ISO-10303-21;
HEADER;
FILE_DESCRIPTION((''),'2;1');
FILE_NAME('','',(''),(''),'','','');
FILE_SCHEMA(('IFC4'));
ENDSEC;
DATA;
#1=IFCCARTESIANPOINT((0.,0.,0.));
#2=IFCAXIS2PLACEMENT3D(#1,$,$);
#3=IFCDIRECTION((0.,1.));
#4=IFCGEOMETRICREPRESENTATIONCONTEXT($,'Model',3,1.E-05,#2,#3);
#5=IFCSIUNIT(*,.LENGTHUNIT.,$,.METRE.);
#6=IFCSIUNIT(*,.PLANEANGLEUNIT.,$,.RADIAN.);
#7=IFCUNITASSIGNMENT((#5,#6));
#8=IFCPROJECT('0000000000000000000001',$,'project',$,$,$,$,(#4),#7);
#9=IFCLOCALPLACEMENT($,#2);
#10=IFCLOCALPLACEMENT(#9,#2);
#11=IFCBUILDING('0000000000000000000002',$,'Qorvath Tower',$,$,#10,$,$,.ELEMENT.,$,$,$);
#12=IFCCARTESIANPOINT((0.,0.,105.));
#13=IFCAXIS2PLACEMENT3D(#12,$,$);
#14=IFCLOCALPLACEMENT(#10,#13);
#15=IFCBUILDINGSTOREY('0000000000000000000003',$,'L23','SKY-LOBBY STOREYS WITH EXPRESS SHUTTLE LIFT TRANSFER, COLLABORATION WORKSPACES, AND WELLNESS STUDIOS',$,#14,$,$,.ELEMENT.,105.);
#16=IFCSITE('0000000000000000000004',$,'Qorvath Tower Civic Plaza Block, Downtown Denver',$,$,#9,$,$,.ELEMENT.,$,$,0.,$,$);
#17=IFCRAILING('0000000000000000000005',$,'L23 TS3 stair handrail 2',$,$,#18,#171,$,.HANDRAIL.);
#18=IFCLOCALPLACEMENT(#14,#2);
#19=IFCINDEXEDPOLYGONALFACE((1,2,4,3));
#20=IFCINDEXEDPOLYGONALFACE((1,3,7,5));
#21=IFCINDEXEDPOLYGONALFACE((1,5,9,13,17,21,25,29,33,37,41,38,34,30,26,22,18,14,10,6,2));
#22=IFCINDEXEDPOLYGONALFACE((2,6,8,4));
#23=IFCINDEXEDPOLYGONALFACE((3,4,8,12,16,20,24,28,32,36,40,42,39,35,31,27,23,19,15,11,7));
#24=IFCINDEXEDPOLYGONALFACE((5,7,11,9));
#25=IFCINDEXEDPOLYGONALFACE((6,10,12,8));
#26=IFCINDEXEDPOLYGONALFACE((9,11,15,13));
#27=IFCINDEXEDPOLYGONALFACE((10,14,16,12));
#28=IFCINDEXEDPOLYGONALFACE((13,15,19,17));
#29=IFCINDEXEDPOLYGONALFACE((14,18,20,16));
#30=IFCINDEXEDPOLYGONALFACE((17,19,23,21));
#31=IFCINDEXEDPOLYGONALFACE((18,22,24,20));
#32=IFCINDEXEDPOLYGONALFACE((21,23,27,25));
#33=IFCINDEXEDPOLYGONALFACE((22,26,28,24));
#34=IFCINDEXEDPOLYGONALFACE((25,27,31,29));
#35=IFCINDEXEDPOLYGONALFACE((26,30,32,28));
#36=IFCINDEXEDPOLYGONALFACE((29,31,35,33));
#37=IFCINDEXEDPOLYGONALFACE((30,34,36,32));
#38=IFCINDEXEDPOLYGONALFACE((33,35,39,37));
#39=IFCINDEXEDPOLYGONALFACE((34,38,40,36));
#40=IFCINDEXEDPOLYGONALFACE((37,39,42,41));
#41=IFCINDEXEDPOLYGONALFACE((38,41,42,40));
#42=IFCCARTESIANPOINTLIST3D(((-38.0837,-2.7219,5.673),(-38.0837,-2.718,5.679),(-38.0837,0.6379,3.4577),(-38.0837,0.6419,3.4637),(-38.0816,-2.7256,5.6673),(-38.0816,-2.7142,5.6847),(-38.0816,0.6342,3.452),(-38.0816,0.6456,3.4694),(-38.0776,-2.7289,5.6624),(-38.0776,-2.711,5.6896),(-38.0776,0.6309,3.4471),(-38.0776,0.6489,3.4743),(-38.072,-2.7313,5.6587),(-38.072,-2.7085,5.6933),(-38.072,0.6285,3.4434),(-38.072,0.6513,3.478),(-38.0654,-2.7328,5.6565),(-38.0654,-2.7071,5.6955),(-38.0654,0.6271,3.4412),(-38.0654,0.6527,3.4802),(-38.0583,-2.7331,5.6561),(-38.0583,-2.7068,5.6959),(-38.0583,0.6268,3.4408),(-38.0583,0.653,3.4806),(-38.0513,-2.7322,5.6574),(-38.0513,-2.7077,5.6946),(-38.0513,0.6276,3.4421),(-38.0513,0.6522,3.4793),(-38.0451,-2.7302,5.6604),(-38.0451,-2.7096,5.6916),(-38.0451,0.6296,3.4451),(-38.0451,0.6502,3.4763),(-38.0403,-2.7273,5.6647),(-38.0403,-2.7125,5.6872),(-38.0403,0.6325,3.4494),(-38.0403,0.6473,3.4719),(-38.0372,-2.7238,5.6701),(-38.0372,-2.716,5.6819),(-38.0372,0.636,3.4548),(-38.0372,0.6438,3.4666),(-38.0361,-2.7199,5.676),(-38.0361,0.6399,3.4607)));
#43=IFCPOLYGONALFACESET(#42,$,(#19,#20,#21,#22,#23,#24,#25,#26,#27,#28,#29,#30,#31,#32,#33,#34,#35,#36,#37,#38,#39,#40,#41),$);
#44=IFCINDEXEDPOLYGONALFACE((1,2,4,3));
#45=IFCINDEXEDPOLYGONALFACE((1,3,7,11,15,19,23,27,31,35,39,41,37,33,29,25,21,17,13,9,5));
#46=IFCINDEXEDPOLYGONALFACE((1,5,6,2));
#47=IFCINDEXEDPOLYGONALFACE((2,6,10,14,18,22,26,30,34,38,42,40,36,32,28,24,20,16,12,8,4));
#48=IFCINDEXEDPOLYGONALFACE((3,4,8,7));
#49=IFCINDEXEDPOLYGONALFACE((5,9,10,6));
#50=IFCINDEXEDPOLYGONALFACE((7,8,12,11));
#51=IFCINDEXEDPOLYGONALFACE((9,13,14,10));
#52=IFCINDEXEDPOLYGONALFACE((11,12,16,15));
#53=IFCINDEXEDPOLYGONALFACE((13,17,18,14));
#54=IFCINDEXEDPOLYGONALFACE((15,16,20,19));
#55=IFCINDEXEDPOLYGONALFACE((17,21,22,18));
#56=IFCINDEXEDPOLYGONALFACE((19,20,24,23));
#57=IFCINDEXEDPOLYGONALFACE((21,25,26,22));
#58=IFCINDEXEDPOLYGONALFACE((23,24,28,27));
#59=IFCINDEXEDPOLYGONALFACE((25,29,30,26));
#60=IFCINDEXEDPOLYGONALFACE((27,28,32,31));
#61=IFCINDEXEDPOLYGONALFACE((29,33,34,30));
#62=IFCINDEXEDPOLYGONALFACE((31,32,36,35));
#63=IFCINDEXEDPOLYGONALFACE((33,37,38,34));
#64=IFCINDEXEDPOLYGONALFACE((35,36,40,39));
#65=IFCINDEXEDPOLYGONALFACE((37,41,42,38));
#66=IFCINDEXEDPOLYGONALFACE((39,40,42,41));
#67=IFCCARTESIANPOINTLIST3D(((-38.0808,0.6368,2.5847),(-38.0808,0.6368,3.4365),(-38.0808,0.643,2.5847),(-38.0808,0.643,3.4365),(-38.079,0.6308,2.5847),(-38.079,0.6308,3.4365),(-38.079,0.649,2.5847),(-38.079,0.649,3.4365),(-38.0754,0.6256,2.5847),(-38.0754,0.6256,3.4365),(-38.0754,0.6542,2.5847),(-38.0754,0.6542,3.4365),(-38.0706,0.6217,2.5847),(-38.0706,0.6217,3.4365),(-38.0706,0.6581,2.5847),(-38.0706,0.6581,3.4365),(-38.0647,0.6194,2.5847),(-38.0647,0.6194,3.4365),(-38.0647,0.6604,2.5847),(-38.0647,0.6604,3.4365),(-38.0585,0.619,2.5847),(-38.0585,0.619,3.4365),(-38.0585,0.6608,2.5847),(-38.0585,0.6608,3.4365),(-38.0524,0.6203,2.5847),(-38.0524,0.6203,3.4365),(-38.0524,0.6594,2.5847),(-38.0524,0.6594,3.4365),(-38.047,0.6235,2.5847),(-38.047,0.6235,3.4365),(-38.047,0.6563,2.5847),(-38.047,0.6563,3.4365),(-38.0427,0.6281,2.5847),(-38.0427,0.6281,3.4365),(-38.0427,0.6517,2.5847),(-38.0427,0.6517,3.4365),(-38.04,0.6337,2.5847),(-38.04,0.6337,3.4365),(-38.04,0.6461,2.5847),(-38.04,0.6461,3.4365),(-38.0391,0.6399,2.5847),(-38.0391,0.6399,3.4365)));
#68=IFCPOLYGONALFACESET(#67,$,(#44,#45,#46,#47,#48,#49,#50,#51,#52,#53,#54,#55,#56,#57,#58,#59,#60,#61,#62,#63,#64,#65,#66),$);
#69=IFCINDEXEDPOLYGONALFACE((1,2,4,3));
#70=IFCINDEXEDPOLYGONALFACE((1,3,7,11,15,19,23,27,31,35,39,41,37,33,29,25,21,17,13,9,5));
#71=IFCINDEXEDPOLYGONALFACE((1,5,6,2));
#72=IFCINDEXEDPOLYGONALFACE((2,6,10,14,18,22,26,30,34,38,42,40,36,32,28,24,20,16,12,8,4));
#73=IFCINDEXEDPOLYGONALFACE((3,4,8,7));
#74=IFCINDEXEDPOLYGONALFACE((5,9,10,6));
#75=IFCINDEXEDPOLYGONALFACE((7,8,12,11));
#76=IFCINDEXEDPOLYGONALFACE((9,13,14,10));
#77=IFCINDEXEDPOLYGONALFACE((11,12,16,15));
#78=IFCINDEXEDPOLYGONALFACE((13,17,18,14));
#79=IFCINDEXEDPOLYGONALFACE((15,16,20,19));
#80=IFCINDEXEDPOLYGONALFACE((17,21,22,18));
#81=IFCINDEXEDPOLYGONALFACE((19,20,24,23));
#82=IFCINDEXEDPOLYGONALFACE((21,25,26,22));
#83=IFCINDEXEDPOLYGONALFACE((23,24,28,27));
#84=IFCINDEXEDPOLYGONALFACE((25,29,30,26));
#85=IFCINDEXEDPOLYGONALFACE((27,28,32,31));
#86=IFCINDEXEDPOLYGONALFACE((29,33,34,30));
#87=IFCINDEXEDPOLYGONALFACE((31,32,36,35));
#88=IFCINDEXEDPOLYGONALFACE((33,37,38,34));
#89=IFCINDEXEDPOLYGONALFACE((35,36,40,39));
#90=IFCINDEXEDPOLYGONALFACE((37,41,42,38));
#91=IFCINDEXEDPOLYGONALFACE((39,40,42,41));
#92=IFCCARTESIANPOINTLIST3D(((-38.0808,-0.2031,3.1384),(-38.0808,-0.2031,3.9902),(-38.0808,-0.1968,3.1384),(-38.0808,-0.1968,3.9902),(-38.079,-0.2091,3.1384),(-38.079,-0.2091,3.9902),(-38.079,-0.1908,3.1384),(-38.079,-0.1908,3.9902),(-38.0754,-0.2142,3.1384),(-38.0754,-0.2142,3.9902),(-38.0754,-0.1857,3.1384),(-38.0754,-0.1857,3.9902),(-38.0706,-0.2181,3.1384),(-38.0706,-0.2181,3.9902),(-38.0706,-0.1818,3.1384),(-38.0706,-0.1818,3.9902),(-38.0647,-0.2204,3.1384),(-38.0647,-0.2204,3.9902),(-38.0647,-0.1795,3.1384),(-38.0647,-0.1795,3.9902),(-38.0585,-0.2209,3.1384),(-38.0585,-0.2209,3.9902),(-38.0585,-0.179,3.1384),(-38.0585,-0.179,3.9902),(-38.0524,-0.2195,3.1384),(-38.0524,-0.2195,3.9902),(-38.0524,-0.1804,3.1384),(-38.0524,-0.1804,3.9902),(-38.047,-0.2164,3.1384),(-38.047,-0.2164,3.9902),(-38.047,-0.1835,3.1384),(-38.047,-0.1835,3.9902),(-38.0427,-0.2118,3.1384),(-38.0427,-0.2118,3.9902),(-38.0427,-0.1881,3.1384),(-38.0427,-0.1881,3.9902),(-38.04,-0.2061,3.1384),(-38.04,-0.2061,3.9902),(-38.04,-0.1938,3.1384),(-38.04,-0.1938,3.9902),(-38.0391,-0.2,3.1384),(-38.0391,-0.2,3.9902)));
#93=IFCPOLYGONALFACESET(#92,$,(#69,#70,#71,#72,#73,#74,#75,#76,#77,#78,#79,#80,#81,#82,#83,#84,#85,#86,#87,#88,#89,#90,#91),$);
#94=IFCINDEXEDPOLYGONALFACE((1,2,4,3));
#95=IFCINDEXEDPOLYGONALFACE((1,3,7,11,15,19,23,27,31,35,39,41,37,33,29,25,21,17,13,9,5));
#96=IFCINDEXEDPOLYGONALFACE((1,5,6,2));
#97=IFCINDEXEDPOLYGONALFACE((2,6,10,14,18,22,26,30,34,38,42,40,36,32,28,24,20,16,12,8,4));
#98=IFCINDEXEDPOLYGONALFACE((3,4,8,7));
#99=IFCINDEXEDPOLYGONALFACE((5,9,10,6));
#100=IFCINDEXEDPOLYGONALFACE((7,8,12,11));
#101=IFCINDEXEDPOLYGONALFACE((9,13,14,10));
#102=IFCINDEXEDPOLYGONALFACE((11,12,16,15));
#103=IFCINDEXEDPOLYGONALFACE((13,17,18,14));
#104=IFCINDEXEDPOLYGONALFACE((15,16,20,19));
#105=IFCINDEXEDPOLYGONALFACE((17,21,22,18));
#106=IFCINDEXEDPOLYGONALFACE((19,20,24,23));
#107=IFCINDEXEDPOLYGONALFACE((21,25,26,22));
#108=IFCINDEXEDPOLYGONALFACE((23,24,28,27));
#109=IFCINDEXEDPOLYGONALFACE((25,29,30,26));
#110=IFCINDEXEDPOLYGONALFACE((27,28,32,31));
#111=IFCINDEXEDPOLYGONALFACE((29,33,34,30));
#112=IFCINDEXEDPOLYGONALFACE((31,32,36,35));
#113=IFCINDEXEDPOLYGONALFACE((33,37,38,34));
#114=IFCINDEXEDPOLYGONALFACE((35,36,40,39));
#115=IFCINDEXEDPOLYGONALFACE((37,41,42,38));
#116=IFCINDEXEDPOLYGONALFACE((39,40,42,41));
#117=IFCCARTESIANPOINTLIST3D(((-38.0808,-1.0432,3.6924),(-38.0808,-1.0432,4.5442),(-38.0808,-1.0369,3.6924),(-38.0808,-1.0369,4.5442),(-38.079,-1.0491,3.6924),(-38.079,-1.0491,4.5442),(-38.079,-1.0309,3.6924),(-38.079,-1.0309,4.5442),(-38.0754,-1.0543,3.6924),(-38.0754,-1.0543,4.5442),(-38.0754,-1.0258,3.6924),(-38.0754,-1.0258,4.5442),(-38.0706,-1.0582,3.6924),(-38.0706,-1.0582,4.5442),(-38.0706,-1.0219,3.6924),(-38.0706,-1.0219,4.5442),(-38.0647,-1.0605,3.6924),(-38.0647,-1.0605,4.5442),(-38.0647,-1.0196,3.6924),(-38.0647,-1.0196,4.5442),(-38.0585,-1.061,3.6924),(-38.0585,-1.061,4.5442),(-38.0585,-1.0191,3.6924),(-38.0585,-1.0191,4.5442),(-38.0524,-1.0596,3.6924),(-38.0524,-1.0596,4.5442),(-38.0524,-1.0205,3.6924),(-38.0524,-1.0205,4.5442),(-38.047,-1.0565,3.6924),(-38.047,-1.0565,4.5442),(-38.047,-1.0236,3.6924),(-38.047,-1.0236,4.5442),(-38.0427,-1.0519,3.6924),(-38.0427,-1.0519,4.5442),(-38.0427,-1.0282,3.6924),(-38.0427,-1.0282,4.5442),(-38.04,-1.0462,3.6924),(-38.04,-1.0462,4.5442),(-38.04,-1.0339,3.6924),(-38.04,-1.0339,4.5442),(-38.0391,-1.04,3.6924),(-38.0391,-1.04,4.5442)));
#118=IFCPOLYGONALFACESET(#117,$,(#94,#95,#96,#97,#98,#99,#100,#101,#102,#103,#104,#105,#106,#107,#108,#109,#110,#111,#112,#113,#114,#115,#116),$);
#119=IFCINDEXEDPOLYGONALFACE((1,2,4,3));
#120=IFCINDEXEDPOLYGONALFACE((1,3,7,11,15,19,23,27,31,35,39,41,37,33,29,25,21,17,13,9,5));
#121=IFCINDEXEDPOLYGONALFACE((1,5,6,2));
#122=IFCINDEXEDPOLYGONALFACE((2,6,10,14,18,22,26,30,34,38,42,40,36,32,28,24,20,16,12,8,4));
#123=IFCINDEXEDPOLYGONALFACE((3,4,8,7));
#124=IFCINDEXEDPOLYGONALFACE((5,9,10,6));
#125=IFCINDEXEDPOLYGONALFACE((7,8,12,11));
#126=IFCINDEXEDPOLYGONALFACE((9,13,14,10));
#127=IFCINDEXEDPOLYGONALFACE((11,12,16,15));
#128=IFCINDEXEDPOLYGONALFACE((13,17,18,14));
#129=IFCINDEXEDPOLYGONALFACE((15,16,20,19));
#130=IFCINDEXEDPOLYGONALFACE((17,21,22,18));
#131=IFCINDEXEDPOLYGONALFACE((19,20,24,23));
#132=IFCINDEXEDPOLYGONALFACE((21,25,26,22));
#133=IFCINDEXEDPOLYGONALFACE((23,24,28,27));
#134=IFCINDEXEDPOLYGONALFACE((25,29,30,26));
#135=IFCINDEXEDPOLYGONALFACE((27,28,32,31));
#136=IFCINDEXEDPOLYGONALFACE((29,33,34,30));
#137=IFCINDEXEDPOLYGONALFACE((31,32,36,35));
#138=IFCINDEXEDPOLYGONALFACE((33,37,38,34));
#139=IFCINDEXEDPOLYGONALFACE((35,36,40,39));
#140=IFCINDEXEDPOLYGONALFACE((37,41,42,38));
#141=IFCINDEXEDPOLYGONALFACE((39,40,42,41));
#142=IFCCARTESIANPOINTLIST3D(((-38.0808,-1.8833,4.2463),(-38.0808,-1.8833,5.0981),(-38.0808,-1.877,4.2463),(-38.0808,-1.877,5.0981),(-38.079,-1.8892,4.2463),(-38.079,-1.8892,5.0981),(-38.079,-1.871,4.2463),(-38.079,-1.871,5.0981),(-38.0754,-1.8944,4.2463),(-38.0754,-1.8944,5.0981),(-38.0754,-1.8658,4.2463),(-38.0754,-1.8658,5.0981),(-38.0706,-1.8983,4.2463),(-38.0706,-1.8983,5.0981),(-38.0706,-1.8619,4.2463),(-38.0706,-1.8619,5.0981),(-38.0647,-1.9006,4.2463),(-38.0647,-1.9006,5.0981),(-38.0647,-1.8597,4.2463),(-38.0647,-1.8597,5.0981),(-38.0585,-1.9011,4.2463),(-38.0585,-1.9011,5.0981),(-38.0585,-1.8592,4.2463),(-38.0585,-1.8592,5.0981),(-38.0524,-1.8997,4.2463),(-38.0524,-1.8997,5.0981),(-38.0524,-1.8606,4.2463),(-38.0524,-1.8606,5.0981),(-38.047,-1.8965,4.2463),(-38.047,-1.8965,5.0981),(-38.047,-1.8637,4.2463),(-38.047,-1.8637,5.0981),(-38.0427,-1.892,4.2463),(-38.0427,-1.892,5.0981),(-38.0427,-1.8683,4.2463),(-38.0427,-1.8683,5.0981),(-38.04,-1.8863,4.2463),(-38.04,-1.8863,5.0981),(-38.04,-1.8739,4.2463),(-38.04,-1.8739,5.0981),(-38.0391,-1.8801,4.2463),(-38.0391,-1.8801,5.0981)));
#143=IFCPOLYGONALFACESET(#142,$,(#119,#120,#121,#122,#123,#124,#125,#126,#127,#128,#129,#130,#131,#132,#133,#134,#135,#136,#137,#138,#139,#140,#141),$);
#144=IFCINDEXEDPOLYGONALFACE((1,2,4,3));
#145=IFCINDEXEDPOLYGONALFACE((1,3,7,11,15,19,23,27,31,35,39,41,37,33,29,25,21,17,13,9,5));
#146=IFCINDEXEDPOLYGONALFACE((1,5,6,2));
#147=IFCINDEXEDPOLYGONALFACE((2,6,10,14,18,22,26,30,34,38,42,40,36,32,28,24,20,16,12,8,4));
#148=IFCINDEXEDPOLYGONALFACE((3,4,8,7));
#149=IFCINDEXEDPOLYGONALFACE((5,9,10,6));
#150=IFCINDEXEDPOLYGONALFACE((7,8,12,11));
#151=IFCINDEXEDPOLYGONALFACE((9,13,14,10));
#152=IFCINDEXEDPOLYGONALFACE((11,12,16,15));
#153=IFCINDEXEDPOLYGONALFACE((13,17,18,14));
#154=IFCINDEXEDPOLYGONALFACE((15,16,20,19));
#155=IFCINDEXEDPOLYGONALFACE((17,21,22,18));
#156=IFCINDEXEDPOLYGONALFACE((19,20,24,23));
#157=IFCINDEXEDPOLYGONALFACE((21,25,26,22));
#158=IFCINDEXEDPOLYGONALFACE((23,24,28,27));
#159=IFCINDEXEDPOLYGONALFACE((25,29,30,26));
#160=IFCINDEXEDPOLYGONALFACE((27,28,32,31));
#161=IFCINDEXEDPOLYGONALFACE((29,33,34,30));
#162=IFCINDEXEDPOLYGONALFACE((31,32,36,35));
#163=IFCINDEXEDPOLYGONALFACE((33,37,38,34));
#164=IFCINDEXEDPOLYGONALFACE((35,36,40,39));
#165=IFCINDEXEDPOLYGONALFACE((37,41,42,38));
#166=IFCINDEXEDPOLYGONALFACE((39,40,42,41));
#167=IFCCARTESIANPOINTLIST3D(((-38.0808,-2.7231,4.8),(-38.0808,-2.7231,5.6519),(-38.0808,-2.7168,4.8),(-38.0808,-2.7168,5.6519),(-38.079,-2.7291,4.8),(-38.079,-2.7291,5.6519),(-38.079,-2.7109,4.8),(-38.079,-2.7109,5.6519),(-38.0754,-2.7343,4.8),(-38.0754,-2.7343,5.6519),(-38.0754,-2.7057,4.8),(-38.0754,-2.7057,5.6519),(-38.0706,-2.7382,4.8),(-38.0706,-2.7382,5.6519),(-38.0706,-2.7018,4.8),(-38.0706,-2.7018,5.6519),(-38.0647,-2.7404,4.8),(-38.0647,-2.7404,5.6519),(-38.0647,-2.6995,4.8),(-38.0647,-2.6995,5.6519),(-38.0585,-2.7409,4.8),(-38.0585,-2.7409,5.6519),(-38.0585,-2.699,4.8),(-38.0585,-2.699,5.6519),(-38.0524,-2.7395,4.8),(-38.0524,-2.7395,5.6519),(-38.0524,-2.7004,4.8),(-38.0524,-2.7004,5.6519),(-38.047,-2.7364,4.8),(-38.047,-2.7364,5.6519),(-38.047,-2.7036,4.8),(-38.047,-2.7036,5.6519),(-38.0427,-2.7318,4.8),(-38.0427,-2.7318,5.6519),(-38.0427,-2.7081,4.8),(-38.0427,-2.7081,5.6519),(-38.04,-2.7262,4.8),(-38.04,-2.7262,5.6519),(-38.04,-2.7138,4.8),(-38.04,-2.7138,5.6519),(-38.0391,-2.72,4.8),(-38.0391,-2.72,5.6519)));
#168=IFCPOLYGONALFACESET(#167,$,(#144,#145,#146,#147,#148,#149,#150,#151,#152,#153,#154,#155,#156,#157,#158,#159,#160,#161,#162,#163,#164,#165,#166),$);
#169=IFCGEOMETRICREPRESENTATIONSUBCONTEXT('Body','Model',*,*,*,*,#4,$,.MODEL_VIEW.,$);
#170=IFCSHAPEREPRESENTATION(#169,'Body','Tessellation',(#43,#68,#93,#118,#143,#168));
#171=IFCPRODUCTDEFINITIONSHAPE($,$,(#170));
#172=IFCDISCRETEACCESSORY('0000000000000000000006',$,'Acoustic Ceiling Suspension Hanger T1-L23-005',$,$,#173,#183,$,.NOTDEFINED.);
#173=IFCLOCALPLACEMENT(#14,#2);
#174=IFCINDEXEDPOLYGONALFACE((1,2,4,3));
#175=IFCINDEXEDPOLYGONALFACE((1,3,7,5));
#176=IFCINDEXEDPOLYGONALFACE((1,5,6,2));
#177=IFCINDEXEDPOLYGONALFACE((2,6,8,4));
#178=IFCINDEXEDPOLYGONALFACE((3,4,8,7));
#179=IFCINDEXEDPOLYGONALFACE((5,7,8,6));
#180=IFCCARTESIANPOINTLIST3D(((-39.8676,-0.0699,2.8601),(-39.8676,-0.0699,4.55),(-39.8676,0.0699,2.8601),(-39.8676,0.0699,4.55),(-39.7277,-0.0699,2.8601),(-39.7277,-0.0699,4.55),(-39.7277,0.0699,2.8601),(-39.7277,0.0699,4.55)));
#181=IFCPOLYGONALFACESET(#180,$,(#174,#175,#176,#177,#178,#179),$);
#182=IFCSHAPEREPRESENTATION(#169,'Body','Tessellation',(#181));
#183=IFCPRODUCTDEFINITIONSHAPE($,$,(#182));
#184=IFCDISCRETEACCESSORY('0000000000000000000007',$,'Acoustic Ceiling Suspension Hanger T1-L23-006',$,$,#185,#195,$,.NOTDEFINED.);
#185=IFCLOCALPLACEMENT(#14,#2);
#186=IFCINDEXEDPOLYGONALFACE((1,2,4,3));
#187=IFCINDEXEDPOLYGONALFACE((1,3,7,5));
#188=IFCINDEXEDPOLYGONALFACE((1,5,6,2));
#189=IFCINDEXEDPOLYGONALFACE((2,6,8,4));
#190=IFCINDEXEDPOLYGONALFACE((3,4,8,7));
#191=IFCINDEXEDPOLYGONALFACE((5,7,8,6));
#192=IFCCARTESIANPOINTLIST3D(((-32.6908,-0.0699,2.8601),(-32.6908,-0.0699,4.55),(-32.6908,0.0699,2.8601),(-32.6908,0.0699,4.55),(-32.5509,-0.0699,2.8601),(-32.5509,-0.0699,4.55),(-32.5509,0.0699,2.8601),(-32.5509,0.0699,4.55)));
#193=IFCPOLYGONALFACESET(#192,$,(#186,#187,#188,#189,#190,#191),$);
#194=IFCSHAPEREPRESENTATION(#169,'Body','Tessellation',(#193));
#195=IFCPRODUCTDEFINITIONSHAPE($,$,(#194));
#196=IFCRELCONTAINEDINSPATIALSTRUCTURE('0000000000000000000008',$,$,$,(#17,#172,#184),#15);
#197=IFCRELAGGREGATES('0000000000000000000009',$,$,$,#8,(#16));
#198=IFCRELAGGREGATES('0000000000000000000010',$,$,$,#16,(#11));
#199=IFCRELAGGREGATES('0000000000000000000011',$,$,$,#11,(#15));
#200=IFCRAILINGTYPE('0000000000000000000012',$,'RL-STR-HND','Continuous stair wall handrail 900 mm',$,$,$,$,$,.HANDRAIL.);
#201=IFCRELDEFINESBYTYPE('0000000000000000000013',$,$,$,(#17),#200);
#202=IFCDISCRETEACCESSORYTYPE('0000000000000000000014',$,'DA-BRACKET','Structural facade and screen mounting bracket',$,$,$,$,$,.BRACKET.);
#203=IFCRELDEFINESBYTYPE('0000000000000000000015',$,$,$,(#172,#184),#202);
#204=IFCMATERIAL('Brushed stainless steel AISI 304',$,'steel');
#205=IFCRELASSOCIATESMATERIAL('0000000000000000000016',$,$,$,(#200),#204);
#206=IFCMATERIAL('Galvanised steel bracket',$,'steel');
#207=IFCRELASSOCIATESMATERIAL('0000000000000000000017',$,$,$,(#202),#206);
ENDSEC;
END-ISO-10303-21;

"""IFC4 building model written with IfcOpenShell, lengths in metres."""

from ifc_helpers import new_model, si_unit, direction, frame, origin, origin_2d, place, context, subcontext, project, spatial, rectangle, circle, extrude, material, type_object, element, save


model = new_model("IFC4")

# Units and contexts
model_context = context("Model", 3, precision=1e-05, world=origin(), true_north=direction((0.0, 1.0)))
body_context = subcontext(model_context, "Body", "Model", "MODEL_VIEW")
ifc_project = project(units=[si_unit("LENGTHUNIT", "METRE"), si_unit("PLANEANGLEUNIT", "RADIAN")], contexts=[model_context])

# Site, building, storey
site_placement = place(None, origin())
site = spatial("IfcSite", under=ifc_project, at=site_placement, Name="Qorvath Tower Civic Plaza Block, Downtown Denver", CompositionType="ELEMENT", RefElevation=0.0)
building_placement = place(site_placement, origin())
building = spatial("IfcBuilding", under=site, at=building_placement, Name="Qorvath Tower", CompositionType="ELEMENT")
storey_placement = place(building_placement, frame((0.0, 0.0, 105.0)))
storey = spatial("IfcBuildingStorey", under=building, at=storey_placement, Name="L23", Description="SKY-LOBBY STOREYS WITH EXPRESS SHUTTLE LIFT TRANSFER, COLLABORATION WORKSPACES, AND WELLNESS STUDIOS", CompositionType="ELEMENT", Elevation=105.0)

# Railing
ifc_material_1 = material(Name="Brushed stainless steel AISI 304", Category="steel")
railing_type_1 = type_object("IfcRailingType", Name="RL-STR-HND", Description="Continuous stair wall handrail 900 mm", PredefinedType="HANDRAIL", material=ifc_material_1)
railing_1_placement = place(storey_placement, frame((-38.0601, 0.6399, 2.5847)))
element("IfcRailing", 1, at=railing_1_placement, inside=storey, type_object=railing_type_1, Name="L23 TS3 stair handrail 2", PredefinedType="HANDRAIL", context=body_context, shape_type="SweptSolid", body=[
    extrude(circle(Radius=0.0239, at=origin_2d()), frame((0.0, 0.0, 0.876), z_axis=(0.0, -0.834858, 0.550465), x_axis=(1.0, 0.0, 0.0)), (0.0, 0.0, 1.0), 4.0244),
    extrude(circle(Radius=0.021, at=origin_2d()), origin(), (0.0, 0.0, 1.0), 0.8518),
    extrude(circle(Radius=0.021, at=origin_2d()), frame((0.0, -0.8398, 0.5537)), (0.0, 0.0, 1.0), 0.8518),
    extrude(circle(Radius=0.021, at=origin_2d()), frame((0.0, -1.6799, 1.1077)), (0.0, 0.0, 1.0), 0.8518),
    extrude(circle(Radius=0.021, at=origin_2d()), frame((0.0, -2.52, 1.6616)), (0.0, 0.0, 1.0), 0.8518),
    extrude(circle(Radius=0.021, at=origin_2d()), frame((0.0, -3.3599, 2.2153)), (0.0, 0.0, 1.0), 0.8518),
])

# Discrete accessories
ifc_material_2 = material(Name="Galvanised steel bracket", Category="steel")
discrete_accessory_type = type_object("IfcDiscreteAccessoryType", Name="DA-BRACKET", Description="Structural facade and screen mounting bracket", PredefinedType="BRACKET", material=ifc_material_2)
for number, where, z_axis, x_axis, name in (
    (2, (-39.7976, 0.0, 2.8601), (0.0, 0.0, 1.0), (1.0, 0.0, 0.0), "Acoustic Ceiling Suspension Hanger T1-L23-005"),
    (3, (-32.6208, 0.0, 2.8601), (0.0, 0.0, 1.0), (1.0, 0.0, 0.0), "Acoustic Ceiling Suspension Hanger T1-L23-006"),
):
    element("IfcDiscreteAccessory", number, at=place(storey_placement, frame(where, z_axis=z_axis, x_axis=x_axis)), inside=storey, type_object=discrete_accessory_type, Name=name, PredefinedType="NOTDEFINED", context=body_context, shape_type="SweptSolid", body=[
        extrude(rectangle(XDim=0.1399, YDim=0.1399, at=origin_2d()), origin(), (0.0, 0.0, 1.0), 1.6899),
    ])

save(model, "model.ifc")
